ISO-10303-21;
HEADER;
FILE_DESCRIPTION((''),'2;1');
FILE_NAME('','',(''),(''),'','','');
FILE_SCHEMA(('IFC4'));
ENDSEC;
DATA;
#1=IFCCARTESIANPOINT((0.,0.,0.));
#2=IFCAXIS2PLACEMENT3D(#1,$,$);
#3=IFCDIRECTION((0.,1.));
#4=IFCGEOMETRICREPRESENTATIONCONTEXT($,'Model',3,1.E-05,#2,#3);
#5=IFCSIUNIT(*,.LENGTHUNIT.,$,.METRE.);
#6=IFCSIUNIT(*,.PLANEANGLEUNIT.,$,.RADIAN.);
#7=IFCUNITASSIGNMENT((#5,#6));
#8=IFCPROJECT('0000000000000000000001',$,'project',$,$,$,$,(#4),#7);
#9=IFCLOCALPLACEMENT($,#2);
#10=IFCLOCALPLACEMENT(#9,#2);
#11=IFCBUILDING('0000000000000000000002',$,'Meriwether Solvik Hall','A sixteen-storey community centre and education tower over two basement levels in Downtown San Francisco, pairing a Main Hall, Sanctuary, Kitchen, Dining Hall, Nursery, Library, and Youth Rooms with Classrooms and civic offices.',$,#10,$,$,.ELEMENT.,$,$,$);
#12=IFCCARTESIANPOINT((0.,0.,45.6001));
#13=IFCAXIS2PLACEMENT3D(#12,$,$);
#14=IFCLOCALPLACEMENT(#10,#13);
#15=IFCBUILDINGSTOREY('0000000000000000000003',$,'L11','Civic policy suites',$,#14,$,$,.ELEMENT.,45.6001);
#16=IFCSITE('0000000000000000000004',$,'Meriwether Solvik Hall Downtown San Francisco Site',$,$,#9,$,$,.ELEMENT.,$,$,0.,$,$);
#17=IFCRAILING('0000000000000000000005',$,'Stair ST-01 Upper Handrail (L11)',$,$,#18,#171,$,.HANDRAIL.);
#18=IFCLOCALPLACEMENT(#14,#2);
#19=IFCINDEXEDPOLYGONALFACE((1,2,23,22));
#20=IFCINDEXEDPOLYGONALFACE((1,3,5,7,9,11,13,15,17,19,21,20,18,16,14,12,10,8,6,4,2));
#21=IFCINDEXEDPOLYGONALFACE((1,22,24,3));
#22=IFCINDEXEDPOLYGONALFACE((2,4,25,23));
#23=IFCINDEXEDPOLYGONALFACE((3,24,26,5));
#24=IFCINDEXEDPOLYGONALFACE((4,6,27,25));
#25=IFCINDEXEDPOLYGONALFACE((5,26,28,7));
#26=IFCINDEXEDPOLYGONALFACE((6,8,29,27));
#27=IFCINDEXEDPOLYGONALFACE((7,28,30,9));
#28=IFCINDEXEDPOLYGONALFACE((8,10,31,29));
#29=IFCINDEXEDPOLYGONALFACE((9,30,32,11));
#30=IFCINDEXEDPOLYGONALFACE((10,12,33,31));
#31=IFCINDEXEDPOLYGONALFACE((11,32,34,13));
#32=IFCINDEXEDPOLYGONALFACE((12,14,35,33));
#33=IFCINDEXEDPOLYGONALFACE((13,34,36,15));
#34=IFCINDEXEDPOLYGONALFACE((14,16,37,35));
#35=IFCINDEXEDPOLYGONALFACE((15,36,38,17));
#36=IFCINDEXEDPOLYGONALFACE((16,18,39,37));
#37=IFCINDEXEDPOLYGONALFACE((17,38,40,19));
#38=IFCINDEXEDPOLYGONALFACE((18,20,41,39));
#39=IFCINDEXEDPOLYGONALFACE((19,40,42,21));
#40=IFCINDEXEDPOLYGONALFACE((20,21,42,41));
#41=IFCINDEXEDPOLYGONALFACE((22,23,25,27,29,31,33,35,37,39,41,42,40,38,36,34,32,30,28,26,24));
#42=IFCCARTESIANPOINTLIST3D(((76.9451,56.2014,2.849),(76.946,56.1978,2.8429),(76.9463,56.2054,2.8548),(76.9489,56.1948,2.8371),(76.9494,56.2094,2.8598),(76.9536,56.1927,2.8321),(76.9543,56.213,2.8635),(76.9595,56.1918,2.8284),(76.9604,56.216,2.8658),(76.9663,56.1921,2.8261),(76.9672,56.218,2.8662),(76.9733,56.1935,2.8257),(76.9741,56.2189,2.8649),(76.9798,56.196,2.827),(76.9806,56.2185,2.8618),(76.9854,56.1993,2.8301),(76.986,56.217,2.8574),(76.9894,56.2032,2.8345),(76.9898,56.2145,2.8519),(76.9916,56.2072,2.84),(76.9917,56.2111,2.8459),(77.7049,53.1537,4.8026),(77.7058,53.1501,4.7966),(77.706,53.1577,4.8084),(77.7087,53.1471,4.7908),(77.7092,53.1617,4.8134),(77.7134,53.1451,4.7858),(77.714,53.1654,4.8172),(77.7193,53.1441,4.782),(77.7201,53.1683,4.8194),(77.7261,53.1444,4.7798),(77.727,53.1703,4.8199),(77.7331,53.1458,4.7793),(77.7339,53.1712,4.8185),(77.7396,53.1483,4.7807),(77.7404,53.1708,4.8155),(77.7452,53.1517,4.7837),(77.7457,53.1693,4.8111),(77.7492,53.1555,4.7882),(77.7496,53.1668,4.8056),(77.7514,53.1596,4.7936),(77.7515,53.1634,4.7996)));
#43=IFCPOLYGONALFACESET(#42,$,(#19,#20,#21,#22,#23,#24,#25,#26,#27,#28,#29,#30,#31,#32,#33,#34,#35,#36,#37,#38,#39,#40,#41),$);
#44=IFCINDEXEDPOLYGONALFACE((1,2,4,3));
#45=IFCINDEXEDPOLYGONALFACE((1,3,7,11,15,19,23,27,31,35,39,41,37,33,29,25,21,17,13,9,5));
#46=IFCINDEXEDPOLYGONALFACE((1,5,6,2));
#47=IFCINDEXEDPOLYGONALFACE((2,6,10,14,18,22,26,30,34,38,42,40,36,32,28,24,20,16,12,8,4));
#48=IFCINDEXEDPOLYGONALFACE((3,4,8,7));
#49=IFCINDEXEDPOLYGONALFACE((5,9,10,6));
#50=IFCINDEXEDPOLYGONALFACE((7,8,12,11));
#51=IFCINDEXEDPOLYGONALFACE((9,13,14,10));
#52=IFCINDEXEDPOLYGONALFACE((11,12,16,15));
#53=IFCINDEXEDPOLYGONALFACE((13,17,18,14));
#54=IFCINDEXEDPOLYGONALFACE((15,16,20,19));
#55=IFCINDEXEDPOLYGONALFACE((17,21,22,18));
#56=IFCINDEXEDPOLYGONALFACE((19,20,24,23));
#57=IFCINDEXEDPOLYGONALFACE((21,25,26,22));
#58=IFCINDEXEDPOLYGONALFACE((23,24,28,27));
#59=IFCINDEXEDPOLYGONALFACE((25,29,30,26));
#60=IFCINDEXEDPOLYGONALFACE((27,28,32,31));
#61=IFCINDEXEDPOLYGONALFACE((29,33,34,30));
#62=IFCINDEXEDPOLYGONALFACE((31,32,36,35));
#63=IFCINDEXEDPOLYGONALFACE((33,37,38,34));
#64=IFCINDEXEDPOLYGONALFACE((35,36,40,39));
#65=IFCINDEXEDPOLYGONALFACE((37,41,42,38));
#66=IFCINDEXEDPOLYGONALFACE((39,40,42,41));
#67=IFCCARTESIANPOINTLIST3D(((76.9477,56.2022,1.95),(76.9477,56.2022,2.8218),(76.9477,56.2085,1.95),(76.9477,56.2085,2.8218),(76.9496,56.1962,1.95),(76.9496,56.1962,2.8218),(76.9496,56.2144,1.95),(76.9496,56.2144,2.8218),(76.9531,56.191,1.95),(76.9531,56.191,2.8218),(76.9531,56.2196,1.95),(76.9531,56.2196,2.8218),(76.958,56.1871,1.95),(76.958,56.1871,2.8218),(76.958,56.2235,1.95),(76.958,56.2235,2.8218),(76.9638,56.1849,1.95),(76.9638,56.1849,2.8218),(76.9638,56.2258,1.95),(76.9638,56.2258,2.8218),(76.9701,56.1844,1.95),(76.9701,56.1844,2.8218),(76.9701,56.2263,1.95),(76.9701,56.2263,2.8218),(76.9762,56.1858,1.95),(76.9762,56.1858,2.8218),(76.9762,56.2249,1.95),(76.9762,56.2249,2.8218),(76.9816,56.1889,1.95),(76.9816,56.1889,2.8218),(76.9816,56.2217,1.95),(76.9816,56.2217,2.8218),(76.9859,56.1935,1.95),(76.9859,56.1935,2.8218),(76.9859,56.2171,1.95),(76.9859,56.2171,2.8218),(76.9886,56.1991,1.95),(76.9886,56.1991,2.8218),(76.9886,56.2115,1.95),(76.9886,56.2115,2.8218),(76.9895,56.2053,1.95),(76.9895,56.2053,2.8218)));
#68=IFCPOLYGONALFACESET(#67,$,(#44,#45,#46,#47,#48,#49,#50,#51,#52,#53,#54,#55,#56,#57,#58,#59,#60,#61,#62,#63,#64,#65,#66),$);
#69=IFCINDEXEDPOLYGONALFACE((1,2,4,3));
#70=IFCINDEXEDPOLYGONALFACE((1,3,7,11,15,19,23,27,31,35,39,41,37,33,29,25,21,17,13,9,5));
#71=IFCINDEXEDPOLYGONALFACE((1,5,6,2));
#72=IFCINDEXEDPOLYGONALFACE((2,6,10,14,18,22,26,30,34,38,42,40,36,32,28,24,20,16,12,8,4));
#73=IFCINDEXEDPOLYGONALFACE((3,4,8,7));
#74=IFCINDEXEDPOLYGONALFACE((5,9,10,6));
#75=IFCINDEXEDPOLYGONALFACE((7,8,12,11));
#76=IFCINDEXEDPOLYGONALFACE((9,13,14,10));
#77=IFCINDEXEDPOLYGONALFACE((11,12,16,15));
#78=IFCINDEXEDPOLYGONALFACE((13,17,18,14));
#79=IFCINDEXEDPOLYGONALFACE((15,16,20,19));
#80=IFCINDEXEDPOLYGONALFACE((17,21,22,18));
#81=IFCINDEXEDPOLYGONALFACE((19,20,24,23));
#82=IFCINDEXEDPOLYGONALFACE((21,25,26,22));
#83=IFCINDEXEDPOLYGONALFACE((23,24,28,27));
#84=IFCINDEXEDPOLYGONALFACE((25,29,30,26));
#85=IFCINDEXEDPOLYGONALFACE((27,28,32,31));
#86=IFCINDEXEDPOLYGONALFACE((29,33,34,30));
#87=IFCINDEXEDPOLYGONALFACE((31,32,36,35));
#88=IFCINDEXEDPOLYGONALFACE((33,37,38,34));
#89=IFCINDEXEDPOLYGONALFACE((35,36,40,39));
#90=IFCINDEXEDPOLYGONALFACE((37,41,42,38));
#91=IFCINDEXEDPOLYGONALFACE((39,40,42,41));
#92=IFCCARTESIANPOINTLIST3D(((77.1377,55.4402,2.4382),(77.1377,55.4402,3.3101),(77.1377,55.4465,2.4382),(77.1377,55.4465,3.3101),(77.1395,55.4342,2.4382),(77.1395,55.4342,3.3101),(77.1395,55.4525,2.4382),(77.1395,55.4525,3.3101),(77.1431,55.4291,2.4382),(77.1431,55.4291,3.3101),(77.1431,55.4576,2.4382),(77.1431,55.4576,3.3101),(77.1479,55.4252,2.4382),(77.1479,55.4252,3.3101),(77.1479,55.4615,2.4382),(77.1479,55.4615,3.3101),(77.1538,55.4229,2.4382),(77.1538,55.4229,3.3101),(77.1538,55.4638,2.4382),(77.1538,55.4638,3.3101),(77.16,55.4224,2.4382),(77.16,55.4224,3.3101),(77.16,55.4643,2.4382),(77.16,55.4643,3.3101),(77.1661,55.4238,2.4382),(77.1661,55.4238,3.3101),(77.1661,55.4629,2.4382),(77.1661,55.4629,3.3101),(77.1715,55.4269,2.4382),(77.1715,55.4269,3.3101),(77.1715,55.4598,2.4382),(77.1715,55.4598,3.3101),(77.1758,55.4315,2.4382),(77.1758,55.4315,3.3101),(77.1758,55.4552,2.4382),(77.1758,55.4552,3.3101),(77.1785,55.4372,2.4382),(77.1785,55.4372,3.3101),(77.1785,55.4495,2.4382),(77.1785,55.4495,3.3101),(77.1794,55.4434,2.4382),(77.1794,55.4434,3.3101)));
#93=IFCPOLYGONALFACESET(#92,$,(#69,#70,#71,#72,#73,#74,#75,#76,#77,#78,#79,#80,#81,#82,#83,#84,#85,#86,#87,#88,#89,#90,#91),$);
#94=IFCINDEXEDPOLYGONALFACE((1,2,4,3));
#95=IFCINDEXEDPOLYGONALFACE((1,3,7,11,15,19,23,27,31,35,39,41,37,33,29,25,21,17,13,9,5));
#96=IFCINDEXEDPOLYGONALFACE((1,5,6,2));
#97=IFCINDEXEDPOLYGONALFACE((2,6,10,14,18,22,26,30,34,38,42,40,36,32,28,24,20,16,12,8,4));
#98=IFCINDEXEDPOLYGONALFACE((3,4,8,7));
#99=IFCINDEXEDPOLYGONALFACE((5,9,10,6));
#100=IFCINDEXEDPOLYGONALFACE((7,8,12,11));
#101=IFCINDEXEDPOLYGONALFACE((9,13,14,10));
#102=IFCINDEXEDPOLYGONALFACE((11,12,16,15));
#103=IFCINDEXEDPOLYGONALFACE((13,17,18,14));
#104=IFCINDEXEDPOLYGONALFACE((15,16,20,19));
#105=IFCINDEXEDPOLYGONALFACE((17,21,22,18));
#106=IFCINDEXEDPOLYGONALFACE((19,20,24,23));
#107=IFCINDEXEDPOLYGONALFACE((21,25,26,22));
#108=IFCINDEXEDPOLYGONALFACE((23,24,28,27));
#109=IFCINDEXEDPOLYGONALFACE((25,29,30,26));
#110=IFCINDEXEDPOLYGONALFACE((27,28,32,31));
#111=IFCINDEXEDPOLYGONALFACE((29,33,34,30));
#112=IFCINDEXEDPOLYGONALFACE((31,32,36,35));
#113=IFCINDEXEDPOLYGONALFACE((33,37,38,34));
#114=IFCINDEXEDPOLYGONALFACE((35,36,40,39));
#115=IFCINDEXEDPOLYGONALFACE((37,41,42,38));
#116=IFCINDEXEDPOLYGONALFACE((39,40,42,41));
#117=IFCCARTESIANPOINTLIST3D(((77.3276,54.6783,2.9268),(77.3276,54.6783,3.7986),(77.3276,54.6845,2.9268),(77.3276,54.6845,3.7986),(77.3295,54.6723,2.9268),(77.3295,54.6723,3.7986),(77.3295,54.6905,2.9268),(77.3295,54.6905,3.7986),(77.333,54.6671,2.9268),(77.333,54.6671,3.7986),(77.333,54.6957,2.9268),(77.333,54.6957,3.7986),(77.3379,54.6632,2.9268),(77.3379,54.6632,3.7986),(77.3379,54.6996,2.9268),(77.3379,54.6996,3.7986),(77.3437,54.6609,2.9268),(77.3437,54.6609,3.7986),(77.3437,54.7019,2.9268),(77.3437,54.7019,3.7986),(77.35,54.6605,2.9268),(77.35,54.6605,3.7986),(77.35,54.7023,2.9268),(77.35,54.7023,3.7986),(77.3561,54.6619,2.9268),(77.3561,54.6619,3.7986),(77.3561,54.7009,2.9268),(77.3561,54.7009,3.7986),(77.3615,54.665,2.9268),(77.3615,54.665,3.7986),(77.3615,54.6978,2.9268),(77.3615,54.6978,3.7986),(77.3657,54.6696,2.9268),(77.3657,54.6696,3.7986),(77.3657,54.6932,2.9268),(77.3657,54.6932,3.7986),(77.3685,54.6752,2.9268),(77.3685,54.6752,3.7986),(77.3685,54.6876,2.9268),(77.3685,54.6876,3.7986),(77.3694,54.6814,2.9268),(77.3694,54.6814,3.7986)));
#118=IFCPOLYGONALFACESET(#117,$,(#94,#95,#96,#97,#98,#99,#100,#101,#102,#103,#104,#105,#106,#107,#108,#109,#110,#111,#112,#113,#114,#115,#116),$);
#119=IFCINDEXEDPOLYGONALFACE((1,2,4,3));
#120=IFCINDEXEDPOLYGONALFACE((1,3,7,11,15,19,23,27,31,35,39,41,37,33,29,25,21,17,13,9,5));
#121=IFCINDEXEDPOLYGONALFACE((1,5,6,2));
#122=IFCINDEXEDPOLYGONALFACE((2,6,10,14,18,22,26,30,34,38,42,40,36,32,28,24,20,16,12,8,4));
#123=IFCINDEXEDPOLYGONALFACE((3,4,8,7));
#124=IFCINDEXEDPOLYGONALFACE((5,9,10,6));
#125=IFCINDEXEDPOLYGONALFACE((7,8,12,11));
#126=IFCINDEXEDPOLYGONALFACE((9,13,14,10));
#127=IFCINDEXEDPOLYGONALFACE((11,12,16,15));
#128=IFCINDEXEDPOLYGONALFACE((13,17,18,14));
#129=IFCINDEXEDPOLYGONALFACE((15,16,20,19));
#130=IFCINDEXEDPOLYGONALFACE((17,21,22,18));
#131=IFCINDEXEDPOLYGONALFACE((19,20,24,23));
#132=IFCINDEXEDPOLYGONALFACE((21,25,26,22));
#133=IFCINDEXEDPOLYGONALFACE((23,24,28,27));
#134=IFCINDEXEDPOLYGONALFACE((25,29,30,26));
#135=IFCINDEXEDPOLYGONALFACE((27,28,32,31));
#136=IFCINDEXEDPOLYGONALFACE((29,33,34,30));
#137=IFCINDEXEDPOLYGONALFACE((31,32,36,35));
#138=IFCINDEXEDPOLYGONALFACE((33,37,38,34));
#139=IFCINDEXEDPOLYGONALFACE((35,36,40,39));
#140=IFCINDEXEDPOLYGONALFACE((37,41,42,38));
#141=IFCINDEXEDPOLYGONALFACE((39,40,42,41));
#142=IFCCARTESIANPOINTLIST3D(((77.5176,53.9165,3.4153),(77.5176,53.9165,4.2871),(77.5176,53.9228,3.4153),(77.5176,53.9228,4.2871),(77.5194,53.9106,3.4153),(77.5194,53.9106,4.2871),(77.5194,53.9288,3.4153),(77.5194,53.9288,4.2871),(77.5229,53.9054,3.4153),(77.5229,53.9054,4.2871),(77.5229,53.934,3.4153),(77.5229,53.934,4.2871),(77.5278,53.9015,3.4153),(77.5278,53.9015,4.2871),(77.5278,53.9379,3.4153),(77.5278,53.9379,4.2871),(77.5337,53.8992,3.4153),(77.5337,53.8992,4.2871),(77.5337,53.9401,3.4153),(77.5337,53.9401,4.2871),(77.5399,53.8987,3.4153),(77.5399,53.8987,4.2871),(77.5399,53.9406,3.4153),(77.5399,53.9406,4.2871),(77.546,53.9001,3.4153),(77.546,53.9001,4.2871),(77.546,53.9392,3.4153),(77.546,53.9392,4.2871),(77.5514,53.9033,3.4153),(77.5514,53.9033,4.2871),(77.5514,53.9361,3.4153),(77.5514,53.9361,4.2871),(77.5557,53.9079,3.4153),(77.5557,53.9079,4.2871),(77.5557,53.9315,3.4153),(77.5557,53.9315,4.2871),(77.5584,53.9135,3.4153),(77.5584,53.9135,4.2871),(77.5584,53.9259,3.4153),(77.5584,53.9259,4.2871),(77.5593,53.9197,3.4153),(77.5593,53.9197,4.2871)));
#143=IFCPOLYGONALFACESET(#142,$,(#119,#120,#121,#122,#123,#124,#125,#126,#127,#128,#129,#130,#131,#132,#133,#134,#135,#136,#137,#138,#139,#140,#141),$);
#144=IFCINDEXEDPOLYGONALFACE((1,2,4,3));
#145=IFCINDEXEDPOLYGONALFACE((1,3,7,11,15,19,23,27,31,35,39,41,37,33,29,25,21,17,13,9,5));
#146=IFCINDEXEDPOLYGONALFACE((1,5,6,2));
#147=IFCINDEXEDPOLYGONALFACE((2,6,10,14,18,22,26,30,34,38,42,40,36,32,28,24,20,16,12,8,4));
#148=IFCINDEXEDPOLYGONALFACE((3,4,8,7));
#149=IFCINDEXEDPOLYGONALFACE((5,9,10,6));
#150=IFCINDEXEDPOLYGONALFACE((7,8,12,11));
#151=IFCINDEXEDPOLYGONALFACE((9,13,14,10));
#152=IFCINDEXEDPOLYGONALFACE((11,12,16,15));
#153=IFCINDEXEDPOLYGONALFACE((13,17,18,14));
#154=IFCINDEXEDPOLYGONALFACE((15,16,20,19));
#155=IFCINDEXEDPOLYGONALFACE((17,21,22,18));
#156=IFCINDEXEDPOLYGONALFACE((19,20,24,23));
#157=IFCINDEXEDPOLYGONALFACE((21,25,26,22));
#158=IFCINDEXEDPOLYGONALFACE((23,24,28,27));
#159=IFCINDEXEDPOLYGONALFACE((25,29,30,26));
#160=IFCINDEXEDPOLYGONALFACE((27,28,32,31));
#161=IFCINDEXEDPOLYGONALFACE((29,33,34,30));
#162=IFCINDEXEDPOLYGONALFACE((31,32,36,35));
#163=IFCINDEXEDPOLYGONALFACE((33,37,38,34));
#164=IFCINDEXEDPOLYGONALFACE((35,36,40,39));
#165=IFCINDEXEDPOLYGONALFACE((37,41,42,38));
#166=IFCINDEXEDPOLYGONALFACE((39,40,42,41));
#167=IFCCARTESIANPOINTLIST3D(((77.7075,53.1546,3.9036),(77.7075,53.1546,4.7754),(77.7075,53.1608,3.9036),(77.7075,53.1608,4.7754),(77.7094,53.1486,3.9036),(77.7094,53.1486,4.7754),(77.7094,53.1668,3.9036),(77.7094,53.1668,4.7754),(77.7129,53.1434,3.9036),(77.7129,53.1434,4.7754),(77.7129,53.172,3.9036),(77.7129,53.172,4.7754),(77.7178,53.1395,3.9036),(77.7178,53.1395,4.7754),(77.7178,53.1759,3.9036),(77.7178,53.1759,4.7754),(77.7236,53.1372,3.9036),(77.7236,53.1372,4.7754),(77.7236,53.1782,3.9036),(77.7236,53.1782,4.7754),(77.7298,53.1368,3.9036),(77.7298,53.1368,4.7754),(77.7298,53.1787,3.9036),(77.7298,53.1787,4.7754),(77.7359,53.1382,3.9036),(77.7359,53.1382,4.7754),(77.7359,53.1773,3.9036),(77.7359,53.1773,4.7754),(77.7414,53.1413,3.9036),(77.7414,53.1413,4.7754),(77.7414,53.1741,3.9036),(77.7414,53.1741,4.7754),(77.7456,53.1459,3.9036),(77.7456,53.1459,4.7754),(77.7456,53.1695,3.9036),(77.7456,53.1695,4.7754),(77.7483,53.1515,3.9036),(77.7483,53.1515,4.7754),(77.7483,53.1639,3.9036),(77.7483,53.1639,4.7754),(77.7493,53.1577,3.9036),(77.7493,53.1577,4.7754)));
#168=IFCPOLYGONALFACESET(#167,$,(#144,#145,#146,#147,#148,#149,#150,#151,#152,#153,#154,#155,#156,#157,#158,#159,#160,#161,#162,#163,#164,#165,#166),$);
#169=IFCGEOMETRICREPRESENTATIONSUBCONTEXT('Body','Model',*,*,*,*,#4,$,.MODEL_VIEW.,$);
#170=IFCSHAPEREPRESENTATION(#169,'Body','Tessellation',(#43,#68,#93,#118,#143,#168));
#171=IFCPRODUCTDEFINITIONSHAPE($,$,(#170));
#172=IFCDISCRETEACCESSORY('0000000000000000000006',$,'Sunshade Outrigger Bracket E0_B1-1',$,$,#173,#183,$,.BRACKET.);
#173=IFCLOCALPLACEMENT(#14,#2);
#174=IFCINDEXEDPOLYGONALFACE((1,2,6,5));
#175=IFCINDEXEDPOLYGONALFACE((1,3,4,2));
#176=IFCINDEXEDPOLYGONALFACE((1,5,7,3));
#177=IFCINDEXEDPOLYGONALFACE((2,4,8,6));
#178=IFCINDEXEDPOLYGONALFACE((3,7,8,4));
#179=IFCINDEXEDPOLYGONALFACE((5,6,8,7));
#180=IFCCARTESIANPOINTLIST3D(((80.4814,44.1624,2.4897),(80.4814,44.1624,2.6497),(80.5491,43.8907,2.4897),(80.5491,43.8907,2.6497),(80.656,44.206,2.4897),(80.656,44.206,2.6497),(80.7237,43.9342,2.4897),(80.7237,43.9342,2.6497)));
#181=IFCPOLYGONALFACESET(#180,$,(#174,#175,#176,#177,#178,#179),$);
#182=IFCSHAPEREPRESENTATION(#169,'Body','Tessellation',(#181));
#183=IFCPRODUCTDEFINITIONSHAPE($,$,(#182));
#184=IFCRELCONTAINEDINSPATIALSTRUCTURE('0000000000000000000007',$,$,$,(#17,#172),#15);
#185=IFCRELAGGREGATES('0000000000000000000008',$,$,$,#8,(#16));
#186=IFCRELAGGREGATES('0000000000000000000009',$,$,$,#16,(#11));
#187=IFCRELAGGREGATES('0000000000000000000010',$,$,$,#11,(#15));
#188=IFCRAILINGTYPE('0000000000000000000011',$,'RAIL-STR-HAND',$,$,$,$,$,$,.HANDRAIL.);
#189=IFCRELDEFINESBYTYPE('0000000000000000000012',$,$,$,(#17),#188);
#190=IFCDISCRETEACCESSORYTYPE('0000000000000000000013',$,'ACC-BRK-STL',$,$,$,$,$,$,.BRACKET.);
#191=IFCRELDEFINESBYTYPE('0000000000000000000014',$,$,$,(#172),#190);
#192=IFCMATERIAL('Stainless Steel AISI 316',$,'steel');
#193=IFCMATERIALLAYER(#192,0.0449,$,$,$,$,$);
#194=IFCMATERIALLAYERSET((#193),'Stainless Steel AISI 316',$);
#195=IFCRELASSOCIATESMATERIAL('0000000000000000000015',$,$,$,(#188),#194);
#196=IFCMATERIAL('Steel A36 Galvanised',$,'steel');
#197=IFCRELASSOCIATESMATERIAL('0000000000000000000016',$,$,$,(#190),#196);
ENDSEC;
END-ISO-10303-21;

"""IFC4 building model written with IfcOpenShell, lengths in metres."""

from ifc_helpers import new_model, si_unit, direction, frame, origin, origin_2d, place, context, subcontext, project, spatial, rectangle, circle, extrude, material, layer, layer_set, type_object, element, save


model = new_model("IFC4")

# Units and contexts
model_context = context("Model", 3, precision=1e-05, world=origin(), true_north=direction((0.0, 1.0)))
body_context = subcontext(model_context, "Body", "Model", "MODEL_VIEW")
ifc_project = project(units=[si_unit("LENGTHUNIT", "METRE"), si_unit("PLANEANGLEUNIT", "RADIAN")], contexts=[model_context])

# Site, building, storey
site_placement = place(None, origin())
site = spatial("IfcSite", under=ifc_project, at=site_placement, Name="Meriwether Solvik Hall Downtown San Francisco Site", CompositionType="ELEMENT", RefElevation=0.0)
building_placement = place(site_placement, origin())
building = spatial("IfcBuilding", under=site, at=building_placement, Name="Meriwether Solvik Hall", Description="A sixteen-storey community centre and education tower over two basement levels in Downtown San Francisco, pairing a Main Hall, Sanctuary, Kitchen, Dining Hall, Nursery, Library, and Youth Rooms with Classrooms and civic offices.", CompositionType="ELEMENT")
storey_placement = place(building_placement, frame((0.0, 0.0, 45.6001)))
storey = spatial("IfcBuildingStorey", under=building, at=storey_placement, Name="L11", Description="Civic policy suites", CompositionType="ELEMENT", Elevation=45.6001)

# Railing
ifc_material_1 = material(Name="Stainless Steel AISI 316", Category="steel")
ifc_layer_1 = layer(ifc_material_1, 0.0449)
ifc_layer_set_1 = layer_set([ifc_layer_1], Name="Stainless Steel AISI 316")
railing_type_1 = type_object("IfcRailingType", Name="RAIL-STR-HAND", PredefinedType="HANDRAIL", material=ifc_layer_set_1)
railing_1_placement = place(storey_placement, frame((76.9685, 56.2053, 1.95)))
element("IfcRailing", 1, at=railing_1_placement, inside=storey, type_object=railing_type_1, Name="Stair ST-01 Upper Handrail (L11)", PredefinedType="HANDRAIL", context=body_context, shape_type="SweptSolid", body=[
    extrude(circle(Radius=0.0239, at=origin_2d()), frame((0.0, 0.0, 0.896), z_axis=(0.205404, -0.823926, 0.528163), x_axis=(0.970302, 0.241895, 0.0)), (0.0, 0.0, 1.0), 3.699),
    extrude(circle(Radius=0.021, at=origin_2d()), origin(), (0.0, 0.0, 1.0), 0.8718),
    extrude(circle(Radius=0.021, at=origin_2d()), frame((0.1899, -0.762, 0.4883)), (0.0, 0.0, 1.0), 0.8718),
    extrude(circle(Radius=0.021, at=origin_2d()), frame((0.3799, -1.5239, 0.9768)), (0.0, 0.0, 1.0), 0.8718),
    extrude(circle(Radius=0.021, at=origin_2d()), frame((0.5698, -2.2856, 1.4653)), (0.0, 0.0, 1.0), 0.8718),
    extrude(circle(Radius=0.021, at=origin_2d()), frame((0.7598, -3.0476, 1.9536)), (0.0, 0.0, 1.0), 0.8718),
])

# Discrete accessory
ifc_material_2 = material(Name="Steel A36 Galvanised", Category="steel")
discrete_accessory_type = type_object("IfcDiscreteAccessoryType", Name="ACC-BRK-STL", PredefinedType="BRACKET", material=ifc_material_2)
discrete_accessory_placement = place(storey_placement, frame((80.6025, 44.0483, 2.4897), z_axis=(0.0, 0.0, 1.0), x_axis=(-0.970296, -0.241922, 0.0)))
element("IfcDiscreteAccessory", 2, at=discrete_accessory_placement, inside=storey, type_object=discrete_accessory_type, Name="Sunshade Outrigger Bracket E0_B1-1", PredefinedType="BRACKET", context=body_context, shape_type="SweptSolid", body=[
    extrude(rectangle(XDim=0.1799, YDim=0.28, at=origin_2d()), origin(), (0.0, 0.0, 1.0), 0.1599),
])

save(model, "model.ifc")
